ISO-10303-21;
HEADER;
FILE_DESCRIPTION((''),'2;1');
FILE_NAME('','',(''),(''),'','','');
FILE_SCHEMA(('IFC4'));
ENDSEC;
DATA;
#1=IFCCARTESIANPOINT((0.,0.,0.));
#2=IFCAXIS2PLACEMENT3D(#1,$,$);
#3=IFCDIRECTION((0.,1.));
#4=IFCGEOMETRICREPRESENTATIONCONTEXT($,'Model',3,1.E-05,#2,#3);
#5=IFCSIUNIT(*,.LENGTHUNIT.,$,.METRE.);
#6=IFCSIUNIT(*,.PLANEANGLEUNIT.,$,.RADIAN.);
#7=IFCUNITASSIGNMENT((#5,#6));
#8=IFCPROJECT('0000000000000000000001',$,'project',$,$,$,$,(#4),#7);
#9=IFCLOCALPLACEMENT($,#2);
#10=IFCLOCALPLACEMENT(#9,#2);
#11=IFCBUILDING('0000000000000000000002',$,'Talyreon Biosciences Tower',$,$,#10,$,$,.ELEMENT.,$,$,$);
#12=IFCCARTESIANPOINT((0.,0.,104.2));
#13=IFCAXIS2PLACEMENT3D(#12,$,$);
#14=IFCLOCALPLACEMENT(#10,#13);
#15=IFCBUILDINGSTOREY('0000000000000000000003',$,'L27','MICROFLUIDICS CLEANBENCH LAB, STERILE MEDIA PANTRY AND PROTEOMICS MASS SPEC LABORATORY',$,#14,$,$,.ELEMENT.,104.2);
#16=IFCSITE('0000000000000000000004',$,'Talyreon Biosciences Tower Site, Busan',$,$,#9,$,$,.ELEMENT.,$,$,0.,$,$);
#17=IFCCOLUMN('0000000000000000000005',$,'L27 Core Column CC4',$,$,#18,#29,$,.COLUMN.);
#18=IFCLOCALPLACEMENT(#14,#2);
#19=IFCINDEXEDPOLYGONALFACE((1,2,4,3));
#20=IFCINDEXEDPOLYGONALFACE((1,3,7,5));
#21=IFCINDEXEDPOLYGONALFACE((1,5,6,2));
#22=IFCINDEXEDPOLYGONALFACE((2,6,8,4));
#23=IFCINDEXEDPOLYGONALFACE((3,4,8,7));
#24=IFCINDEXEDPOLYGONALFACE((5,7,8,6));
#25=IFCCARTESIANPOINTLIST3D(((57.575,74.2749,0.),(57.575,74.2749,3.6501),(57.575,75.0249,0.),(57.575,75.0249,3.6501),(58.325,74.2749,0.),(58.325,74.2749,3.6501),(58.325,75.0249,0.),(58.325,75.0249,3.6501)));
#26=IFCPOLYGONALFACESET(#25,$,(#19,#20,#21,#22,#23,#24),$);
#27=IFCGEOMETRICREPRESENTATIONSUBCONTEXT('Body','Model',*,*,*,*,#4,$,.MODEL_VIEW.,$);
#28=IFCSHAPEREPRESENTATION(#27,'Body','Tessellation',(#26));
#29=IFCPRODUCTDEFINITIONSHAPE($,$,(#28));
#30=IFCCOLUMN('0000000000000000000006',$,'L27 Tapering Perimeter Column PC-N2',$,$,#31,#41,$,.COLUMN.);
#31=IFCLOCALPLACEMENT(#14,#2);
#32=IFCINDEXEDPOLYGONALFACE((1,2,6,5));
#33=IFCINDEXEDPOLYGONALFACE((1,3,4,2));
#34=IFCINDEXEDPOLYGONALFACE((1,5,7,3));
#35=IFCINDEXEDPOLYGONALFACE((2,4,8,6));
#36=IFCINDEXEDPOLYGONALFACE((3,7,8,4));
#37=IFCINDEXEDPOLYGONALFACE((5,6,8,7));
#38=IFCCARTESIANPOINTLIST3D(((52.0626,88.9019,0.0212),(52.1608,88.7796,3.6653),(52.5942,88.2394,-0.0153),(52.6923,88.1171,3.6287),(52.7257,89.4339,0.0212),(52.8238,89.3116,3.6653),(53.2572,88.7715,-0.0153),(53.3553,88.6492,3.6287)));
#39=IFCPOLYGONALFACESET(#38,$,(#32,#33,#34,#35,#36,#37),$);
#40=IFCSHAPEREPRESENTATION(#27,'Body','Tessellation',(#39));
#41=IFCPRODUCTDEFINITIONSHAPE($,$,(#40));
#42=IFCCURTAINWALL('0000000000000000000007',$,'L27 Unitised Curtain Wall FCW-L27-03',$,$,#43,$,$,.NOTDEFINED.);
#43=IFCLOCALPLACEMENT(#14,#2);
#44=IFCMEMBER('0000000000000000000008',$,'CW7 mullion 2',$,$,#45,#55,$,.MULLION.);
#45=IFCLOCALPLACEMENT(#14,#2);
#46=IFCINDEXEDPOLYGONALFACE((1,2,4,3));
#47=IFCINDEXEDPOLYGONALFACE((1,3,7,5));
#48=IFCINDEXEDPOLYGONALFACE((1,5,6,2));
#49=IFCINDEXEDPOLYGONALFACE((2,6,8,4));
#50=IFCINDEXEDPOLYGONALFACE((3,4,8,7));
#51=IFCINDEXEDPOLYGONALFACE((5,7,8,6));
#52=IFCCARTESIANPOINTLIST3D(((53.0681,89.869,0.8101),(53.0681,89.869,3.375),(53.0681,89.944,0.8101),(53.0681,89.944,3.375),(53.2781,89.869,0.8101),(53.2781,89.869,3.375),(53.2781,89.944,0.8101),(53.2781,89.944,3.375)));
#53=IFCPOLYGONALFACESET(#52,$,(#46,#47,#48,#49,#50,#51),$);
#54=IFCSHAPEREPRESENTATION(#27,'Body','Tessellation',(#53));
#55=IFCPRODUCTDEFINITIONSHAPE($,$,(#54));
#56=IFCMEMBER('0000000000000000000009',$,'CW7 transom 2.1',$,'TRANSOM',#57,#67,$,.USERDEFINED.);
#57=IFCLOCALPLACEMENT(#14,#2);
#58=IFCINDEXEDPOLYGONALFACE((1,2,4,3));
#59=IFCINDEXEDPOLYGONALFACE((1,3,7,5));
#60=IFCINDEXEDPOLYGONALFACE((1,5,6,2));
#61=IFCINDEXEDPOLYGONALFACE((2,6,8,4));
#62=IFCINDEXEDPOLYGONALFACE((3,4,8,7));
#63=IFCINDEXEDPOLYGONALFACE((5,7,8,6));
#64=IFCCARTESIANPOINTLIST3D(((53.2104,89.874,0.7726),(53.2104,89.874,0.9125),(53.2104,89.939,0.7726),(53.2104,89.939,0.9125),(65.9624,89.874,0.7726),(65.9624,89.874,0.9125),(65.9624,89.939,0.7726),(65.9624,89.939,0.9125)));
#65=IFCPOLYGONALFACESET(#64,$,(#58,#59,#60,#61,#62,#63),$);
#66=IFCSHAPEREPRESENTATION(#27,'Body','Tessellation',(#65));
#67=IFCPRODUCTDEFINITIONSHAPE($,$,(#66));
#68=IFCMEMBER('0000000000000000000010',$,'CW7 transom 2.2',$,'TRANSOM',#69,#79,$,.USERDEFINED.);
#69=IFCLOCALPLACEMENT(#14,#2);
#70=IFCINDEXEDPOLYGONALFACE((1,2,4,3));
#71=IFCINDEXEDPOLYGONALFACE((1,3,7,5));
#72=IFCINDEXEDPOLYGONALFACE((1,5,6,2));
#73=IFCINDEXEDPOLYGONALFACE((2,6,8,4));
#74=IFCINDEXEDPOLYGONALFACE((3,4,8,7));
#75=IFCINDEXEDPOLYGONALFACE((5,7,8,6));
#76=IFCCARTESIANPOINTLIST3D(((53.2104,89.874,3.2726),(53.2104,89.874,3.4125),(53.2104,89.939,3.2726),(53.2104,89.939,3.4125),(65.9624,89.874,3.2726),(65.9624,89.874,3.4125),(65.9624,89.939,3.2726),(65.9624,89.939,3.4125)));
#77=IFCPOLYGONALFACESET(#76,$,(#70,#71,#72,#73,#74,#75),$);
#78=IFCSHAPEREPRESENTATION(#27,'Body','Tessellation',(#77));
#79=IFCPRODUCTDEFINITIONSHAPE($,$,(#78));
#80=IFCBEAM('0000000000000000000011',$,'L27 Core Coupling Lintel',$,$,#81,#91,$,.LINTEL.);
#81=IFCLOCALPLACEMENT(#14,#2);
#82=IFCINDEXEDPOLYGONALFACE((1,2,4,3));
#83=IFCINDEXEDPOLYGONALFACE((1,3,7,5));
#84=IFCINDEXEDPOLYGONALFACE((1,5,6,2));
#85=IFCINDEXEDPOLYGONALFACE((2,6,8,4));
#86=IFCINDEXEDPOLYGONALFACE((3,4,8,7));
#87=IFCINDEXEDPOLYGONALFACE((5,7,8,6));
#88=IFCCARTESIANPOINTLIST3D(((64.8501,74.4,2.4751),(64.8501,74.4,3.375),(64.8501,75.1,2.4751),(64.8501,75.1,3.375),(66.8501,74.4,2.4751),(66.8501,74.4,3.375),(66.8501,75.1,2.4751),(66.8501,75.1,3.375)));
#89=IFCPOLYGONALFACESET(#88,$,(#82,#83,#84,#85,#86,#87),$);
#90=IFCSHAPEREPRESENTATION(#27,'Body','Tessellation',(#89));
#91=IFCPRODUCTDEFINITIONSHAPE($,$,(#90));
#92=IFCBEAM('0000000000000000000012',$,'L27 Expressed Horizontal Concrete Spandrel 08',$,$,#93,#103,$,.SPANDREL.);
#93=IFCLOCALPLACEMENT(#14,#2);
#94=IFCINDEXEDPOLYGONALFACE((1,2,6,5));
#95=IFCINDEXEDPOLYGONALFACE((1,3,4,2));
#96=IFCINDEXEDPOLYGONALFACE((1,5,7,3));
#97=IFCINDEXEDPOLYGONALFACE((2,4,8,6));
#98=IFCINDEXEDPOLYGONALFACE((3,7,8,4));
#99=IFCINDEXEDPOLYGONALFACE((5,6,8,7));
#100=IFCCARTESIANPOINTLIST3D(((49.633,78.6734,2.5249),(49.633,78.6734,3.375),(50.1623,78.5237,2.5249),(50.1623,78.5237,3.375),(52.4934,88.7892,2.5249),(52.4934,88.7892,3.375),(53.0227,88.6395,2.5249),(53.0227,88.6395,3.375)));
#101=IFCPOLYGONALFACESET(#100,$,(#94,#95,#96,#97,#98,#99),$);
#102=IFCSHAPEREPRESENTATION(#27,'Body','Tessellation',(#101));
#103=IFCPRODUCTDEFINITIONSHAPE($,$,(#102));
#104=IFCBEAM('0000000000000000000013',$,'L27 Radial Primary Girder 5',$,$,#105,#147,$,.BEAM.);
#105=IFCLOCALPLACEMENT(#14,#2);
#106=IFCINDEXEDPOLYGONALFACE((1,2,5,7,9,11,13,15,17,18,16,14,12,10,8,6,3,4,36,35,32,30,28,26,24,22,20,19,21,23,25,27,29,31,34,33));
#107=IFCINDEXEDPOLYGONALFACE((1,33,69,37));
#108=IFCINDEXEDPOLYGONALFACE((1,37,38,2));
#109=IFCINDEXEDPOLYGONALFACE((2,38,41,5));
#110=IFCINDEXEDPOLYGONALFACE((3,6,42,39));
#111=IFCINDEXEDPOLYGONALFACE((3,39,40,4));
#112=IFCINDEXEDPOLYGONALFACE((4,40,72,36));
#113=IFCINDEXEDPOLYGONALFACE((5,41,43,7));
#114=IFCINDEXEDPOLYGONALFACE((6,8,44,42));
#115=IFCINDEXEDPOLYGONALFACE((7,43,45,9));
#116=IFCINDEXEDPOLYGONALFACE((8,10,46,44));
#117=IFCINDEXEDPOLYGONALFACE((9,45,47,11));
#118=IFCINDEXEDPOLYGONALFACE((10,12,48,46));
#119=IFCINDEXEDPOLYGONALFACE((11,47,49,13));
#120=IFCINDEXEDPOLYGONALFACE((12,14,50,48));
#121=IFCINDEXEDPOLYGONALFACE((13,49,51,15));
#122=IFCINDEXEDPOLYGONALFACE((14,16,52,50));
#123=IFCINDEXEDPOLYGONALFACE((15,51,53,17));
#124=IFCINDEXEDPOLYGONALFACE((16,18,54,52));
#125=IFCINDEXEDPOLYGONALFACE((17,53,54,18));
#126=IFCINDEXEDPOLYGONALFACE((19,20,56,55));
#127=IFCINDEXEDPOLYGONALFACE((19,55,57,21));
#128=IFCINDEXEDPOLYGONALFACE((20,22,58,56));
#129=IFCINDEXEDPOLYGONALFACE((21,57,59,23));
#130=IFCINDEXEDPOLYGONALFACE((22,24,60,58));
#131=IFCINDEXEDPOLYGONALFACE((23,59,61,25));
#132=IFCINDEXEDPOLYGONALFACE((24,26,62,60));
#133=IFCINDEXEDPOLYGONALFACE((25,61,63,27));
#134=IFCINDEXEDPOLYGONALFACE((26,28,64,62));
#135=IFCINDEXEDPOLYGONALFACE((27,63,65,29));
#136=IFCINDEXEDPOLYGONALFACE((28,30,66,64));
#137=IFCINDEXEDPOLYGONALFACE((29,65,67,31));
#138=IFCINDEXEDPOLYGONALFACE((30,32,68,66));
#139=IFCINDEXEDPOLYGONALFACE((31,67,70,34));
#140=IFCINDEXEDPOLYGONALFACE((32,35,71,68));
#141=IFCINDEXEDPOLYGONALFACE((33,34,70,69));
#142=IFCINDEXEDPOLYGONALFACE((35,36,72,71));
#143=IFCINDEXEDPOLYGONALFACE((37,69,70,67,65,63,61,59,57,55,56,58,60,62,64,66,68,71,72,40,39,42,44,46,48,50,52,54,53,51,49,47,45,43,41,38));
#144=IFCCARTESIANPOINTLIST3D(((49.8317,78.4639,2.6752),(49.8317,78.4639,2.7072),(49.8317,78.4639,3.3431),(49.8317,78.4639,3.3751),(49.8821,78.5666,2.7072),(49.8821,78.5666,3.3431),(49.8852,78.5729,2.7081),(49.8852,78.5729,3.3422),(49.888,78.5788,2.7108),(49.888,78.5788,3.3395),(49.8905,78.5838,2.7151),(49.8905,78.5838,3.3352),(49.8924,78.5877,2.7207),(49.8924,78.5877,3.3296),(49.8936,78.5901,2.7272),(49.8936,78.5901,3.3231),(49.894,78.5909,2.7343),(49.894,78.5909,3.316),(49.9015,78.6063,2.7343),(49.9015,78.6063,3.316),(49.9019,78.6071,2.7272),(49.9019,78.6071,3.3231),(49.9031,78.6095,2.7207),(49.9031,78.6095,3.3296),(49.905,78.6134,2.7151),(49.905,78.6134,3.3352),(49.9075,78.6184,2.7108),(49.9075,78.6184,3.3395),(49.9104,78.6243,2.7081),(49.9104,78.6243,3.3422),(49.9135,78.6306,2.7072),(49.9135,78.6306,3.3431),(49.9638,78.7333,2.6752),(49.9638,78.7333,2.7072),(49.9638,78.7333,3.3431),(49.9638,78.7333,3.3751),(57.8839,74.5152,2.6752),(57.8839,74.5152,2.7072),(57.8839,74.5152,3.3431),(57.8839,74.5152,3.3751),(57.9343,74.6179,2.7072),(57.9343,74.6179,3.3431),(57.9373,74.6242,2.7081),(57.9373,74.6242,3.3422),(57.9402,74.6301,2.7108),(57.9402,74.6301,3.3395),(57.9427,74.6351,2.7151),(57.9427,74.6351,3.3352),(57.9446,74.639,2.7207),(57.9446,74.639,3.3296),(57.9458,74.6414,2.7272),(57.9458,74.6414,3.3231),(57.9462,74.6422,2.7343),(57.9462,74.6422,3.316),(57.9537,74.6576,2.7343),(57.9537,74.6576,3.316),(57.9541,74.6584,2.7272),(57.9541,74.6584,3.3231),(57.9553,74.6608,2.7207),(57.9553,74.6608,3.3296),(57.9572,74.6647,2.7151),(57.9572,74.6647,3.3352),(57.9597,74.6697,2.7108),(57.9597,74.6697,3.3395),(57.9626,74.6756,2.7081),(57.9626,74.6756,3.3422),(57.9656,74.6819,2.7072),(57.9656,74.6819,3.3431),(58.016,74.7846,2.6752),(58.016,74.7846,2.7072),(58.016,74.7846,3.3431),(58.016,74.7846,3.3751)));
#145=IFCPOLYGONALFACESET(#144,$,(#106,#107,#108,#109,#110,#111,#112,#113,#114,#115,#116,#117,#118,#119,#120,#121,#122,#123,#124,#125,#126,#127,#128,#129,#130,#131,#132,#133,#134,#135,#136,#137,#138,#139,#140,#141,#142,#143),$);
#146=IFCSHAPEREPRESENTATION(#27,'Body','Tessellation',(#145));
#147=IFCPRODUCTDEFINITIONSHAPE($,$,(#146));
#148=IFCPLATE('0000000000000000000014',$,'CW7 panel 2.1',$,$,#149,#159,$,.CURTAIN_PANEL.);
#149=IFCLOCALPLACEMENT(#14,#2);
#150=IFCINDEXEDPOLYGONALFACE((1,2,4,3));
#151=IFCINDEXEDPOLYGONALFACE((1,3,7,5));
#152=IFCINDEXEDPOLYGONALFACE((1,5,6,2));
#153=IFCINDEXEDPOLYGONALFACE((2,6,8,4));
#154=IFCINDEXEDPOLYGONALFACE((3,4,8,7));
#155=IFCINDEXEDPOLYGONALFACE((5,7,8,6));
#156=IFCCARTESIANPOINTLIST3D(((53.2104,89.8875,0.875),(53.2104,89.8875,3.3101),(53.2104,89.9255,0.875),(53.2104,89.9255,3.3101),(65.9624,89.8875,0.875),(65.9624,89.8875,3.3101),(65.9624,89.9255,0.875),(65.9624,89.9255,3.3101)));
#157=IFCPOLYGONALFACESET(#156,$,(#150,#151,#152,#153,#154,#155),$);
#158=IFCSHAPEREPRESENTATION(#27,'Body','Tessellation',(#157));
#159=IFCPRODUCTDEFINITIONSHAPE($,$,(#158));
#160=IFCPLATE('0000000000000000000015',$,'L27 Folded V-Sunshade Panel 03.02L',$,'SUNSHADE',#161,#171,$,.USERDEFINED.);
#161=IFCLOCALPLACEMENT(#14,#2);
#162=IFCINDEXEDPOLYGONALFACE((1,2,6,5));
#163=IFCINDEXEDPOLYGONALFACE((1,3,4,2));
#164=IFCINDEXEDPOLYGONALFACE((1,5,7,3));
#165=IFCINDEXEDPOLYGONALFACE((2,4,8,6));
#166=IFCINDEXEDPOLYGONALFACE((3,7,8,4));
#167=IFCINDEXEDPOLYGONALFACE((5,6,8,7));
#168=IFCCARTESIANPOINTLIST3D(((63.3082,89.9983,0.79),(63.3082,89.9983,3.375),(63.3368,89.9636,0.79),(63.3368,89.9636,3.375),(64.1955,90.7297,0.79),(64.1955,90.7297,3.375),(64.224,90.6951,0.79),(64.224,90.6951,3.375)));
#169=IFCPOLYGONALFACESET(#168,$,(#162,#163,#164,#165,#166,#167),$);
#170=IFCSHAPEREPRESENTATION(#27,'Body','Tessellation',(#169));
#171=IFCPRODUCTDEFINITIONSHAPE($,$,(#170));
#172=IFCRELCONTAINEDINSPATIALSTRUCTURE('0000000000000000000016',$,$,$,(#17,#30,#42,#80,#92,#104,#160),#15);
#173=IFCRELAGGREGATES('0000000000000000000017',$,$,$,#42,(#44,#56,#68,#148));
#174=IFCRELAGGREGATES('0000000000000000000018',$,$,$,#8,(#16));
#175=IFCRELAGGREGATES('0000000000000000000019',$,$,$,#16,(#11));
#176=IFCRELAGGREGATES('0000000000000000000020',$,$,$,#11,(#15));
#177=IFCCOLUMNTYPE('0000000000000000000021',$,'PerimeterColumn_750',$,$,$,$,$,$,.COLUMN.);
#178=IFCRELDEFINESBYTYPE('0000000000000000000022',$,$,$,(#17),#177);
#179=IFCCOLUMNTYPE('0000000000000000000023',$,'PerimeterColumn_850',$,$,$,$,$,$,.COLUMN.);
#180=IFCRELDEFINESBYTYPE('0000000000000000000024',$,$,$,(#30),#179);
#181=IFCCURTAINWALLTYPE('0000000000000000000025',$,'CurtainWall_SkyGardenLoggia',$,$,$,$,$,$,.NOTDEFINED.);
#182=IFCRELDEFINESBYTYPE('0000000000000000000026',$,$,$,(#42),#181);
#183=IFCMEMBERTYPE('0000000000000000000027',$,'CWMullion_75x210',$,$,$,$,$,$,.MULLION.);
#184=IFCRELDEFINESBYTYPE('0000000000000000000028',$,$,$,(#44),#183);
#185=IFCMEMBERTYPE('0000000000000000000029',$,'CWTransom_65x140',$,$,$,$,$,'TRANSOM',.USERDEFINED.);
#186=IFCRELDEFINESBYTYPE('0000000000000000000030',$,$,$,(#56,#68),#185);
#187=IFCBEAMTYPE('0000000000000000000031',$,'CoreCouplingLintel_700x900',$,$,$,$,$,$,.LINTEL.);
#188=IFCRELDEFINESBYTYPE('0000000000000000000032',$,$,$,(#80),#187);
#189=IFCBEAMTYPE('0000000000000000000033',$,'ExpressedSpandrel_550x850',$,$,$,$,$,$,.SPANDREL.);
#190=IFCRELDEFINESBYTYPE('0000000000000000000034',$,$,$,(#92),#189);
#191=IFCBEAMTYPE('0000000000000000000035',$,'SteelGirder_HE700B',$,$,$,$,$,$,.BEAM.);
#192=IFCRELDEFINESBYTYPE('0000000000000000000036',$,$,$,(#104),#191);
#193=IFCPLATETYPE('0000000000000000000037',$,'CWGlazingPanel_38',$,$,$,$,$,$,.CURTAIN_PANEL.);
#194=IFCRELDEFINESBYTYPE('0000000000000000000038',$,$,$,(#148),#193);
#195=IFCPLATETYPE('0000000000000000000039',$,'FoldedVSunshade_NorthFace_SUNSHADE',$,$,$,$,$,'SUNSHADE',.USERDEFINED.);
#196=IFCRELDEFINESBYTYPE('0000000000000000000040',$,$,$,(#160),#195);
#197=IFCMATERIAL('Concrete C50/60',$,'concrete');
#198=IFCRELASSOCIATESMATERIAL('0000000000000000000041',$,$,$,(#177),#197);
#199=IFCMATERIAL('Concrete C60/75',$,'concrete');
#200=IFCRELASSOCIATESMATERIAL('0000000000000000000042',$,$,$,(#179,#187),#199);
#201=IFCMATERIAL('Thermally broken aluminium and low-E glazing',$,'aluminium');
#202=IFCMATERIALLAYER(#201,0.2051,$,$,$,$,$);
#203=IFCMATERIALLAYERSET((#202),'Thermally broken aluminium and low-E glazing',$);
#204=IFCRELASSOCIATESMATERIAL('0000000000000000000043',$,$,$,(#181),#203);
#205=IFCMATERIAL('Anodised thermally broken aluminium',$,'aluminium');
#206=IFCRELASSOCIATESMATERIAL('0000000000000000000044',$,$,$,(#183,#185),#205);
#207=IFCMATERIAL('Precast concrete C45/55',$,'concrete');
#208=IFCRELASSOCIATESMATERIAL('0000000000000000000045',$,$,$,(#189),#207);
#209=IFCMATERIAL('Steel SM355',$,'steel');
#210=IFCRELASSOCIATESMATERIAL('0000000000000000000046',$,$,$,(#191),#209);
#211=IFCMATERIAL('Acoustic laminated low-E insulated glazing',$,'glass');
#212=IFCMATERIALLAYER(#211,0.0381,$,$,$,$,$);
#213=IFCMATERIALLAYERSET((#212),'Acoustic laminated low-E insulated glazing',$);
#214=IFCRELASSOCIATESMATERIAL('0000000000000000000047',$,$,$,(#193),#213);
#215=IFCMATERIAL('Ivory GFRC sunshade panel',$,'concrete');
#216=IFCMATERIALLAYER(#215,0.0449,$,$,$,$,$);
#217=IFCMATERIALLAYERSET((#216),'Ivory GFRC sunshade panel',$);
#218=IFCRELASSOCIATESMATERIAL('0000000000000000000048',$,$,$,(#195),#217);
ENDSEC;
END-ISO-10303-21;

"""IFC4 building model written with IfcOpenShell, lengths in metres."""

from ifc_helpers import new_model, si_unit, direction, frame, origin, origin_2d, place, context, subcontext, project, spatial, rectangle, i_section, extrude, material, layer, layer_set, material_profile, profile_set, type_object, element, aggregate, save


model = new_model("IFC4")

# Units and contexts
model_context = context("Model", 3, precision=1e-05, world=origin(), true_north=direction((0.0, 1.0)))
body_context = subcontext(model_context, "Body", "Model", "MODEL_VIEW")
ifc_project = project(units=[si_unit("LENGTHUNIT", "METRE"), si_unit("PLANEANGLEUNIT", "RADIAN")], contexts=[model_context])

# Site, building, storey
site_placement = place(None, origin())
site = spatial("IfcSite", under=ifc_project, at=site_placement, Name="Talyreon Biosciences Tower Site, Busan", CompositionType="ELEMENT", RefElevation=0.0)
building_placement = place(site_placement, origin())
building = spatial("IfcBuilding", under=site, at=building_placement, Name="Talyreon Biosciences Tower", CompositionType="ELEMENT")
storey_placement = place(building_placement, frame((0.0, 0.0, 104.2)))
storey = spatial("IfcBuildingStorey", under=building, at=storey_placement, Name="L27", Description="MICROFLUIDICS CLEANBENCH LAB, STERILE MEDIA PANTRY AND PROTEOMICS MASS SPEC LABORATORY", CompositionType="ELEMENT", Elevation=104.2)

# Columns
ifc_material_1 = material(Name="Concrete C50/60", Category="concrete")
ifc_material_profile_1 = material_profile(ifc_material_1, rectangle(XDim=0.75, YDim=0.75, at=origin_2d()), Name="RC 750x750")
ifc_profile_set_1 = profile_set([ifc_material_profile_1], Name="Concrete C50/60")
column_type_1 = type_object("IfcColumnType", Name="PerimeterColumn_750", PredefinedType="COLUMN", material=ifc_profile_set_1)
column_1_placement = place(storey_placement, frame((57.95, 74.6499, 0.0), z_axis=(0.0, 0.0, 1.0), x_axis=(1.0, 0.0, 0.0)))
element("IfcColumn", 1, at=column_1_placement, inside=storey, type_object=column_type_1, Name="L27 Core Column CC4", PredefinedType="COLUMN", context=body_context, shape_type="SweptSolid", body=[
    extrude(rectangle(XDim=0.75, YDim=0.75, at=origin_2d()), origin(), (0.0, 0.0, 1.0), 3.6501),
])
ifc_material_2 = material(Name="Concrete C60/75", Category="concrete")
ifc_material_profile_2 = material_profile(ifc_material_2, rectangle(XDim=0.8501, YDim=0.8501, at=origin_2d()), Name="RC 850x850")
ifc_profile_set_2 = profile_set([ifc_material_profile_2], Name="Concrete C60/75")
column_type_2 = type_object("IfcColumnType", Name="PerimeterColumn_850", PredefinedType="COLUMN", material=ifc_profile_set_2)
column_2_placement = place(storey_placement, frame((52.6599, 88.8367, 0.0029), z_axis=(0.026908, -0.033535, 0.999075), x_axis=(-0.779957, -0.625834, 0.0)))
element("IfcColumn", 2, at=column_2_placement, inside=storey, type_object=column_type_2, Name="L27 Tapering Perimeter Column PC-N2", PredefinedType="COLUMN", context=body_context, shape_type="SweptSolid", body=[
    extrude(rectangle(XDim=0.8501, YDim=0.8501, at=origin_2d()), origin(), (0.0, 0.0, 1.0), 3.6475),
])

# Curtain wall, members
ifc_material_3 = material(Name="Thermally broken aluminium and low-E glazing", Category="aluminium")
ifc_layer_1 = layer(ifc_material_3, 0.2051)
ifc_layer_set_1 = layer_set([ifc_layer_1], Name="Thermally broken aluminium and low-E glazing")
curtain_wall_type = type_object("IfcCurtainWallType", Name="CurtainWall_SkyGardenLoggia", PredefinedType="NOTDEFINED", material=ifc_layer_set_1)
curtain_wall_placement = place(storey_placement, origin())
curtain_wall = element("IfcCurtainWall", 3, at=curtain_wall_placement, inside=storey, type_object=curtain_wall_type, Name="L27 Unitised Curtain Wall FCW-L27-03", PredefinedType="NOTDEFINED")
ifc_material_4 = material(Name="Anodised thermally broken aluminium", Category="aluminium")
ifc_material_profile_3 = material_profile(ifc_material_4, rectangle(XDim=0.075, YDim=0.21, at=origin_2d()), Name="ALUM MULLION 75x210")
ifc_profile_set_3 = profile_set([ifc_material_profile_3], Name="Anodised thermally broken aluminium")
member_type_1 = type_object("IfcMemberType", Name="CWMullion_75x210", PredefinedType="MULLION", material=ifc_profile_set_3)
member_1_placement = place(storey_placement, frame((53.1731, 89.9065, 0.8101), z_axis=(0.0, 0.0, 1.0), x_axis=(0.0, 1.0, 0.0)))
member_1 = element("IfcMember", 4, at=member_1_placement, type_object=member_type_1, Name="CW7 mullion 2", PredefinedType="MULLION", context=body_context, shape_type="SweptSolid", body=[
    extrude(rectangle(XDim=0.075, YDim=0.21, at=origin_2d()), origin(), (0.0, 0.0, 1.0), 2.5649),
])
ifc_material_profile_4 = material_profile(ifc_material_4, rectangle(XDim=0.0649, YDim=0.1399, at=origin_2d()), Name="ALUM TRANSOM 65x140")
ifc_profile_set_4 = profile_set([ifc_material_profile_4], Name="Anodised thermally broken aluminium")
member_type_2 = type_object("IfcMemberType", Name="CWTransom_65x140", ElementType="TRANSOM", PredefinedType="USERDEFINED", material=ifc_profile_set_4)
member_2_placement = place(storey_placement, frame((53.2104, 89.9065, 0.8425), z_axis=(1.0, 0.0, 0.0), x_axis=(0.0, 1.0, 0.0)))
member_2 = element("IfcMember", 5, at=member_2_placement, type_object=member_type_2, Name="CW7 transom 2.1", ObjectType="TRANSOM", PredefinedType="USERDEFINED", context=body_context, shape_type="SweptSolid", body=[
    extrude(rectangle(XDim=0.0649, YDim=0.1399, at=origin_2d()), origin(), (0.0, 0.0, 1.0), 12.752),
])
member_3_placement = place(storey_placement, frame((53.2104, 89.9065, 3.3425), z_axis=(1.0, 0.0, 0.0), x_axis=(0.0, 1.0, 0.0)))
member_3 = element("IfcMember", 6, at=member_3_placement, type_object=member_type_2, Name="CW7 transom 2.2", ObjectType="TRANSOM", PredefinedType="USERDEFINED", context=body_context, shape_type="SweptSolid", body=[
    extrude(rectangle(XDim=0.0649, YDim=0.1399, at=origin_2d()), origin(), (0.0, 0.0, 1.0), 12.752),
])

# Beams
ifc_material_profile_5 = material_profile(ifc_material_2, rectangle(XDim=0.7, YDim=0.8999, at=origin_2d()), Name="RCB 700x900")
ifc_profile_set_5 = profile_set([ifc_material_profile_5], Name="Concrete C60/75")
beam_type_1 = type_object("IfcBeamType", Name="CoreCouplingLintel_700x900", PredefinedType="LINTEL", material=ifc_profile_set_5)
beam_1_placement = place(storey_placement, frame((64.8501, 74.75, 2.925), z_axis=(1.0, 0.0, 0.0), x_axis=(0.0, 1.0, 0.0)))
element("IfcBeam", 7, at=beam_1_placement, inside=storey, type_object=beam_type_1, Name="L27 Core Coupling Lintel", PredefinedType="LINTEL", context=body_context, shape_type="SweptSolid", body=[
    extrude(rectangle(XDim=0.7, YDim=0.8999, at=origin_2d()), origin(), (0.0, 0.0, 1.0), 2.0),
])
ifc_material_5 = material(Name="Precast concrete C45/55", Category="concrete")
ifc_material_profile_6 = material_profile(ifc_material_5, rectangle(XDim=0.55, YDim=0.8501, at=origin_2d()), Name="RCB 550x850")
ifc_profile_set_6 = profile_set([ifc_material_profile_6], Name="Precast concrete C45/55")
beam_type_2 = type_object("IfcBeamType", Name="ExpressedSpandrel_550x850", PredefinedType="SPANDREL", material=ifc_profile_set_6)
beam_2_placement = place(storey_placement, frame((52.7581, 88.7144, 2.95), z_axis=(-0.272094, -0.962271, 0.0), x_axis=(0.962271, -0.272094, 0.0)))
element("IfcBeam", 8, at=beam_2_placement, inside=storey, type_object=beam_type_2, Name="L27 Expressed Horizontal Concrete Spandrel 08", PredefinedType="SPANDREL", context=body_context, shape_type="SweptSolid", body=[
    extrude(rectangle(XDim=0.55, YDim=0.8501, at=origin_2d()), origin(), (0.0, 0.0, 1.0), 10.5125),
])
ifc_material_6 = material(Name="Steel SM355", Category="steel")
ifc_material_profile_7 = material_profile(ifc_material_6, i_section(OverallWidth=0.3, OverallDepth=0.7, WebThickness=0.0171, FlangeThickness=0.032, FilletRadius=0.0271, at=origin_2d()), Name="HE700B")
ifc_profile_set_7 = profile_set([ifc_material_profile_7], Name="Steel SM355")
beam_type_3 = type_object("IfcBeamType", Name="SteelGirder_HE700B", PredefinedType="BEAM", material=ifc_profile_set_7)
beam_3_placement = place(storey_placement, frame((57.95, 74.6499, 3.0251), z_axis=(-0.897852, 0.440297, 0.0), x_axis=(-0.440297, -0.897852, 0.0)))
element("IfcBeam", 9, at=beam_3_placement, inside=storey, type_object=beam_type_3, Name="L27 Radial Primary Girder 5", PredefinedType="BEAM", context=body_context, shape_type="SweptSolid", body=[
    extrude(i_section(OverallWidth=0.3, OverallDepth=0.7, WebThickness=0.0171, FlangeThickness=0.032, FilletRadius=0.0271, at=origin_2d()), origin(), (0.0, 0.0, 1.0), 8.9683),
])

# Plate
ifc_material_7 = material(Name="Acoustic laminated low-E insulated glazing", Category="glass")
ifc_layer_2 = layer(ifc_material_7, 0.0381)
ifc_layer_set_2 = layer_set([ifc_layer_2], Name="Acoustic laminated low-E insulated glazing")
plate_type_1 = type_object("IfcPlateType", Name="CWGlazingPanel_38", PredefinedType="CURTAIN_PANEL", material=ifc_layer_set_2)
plate_placement = place(storey_placement, frame((59.5864, 89.9065, 0.875), z_axis=(0.0, 0.0, 1.0), x_axis=(1.0, 0.0, 0.0)))
plate = element("IfcPlate", 10, at=plate_placement, type_object=plate_type_1, Name="CW7 panel 2.1", PredefinedType="CURTAIN_PANEL", context=body_context, shape_type="SweptSolid", body=[
    extrude(rectangle(XDim=12.752, YDim=0.0381, at=origin_2d()), origin(), (0.0, 0.0, 1.0), 2.4351),
])
aggregate(curtain_wall, [member_1, member_2, member_3, plate])

# Plate
ifc_material_8 = material(Name="Ivory GFRC sunshade panel", Category="concrete")
ifc_layer_3 = layer(ifc_material_8, 0.0449)
ifc_layer_set_3 = layer_set([ifc_layer_3], Name="Ivory GFRC sunshade panel")
plate_type_2 = type_object("IfcPlateType", Name="FoldedVSunshade_NorthFace_SUNSHADE", ElementType="SUNSHADE", PredefinedType="USERDEFINED", material=ifc_layer_set_3)
for number, where, z_axis, x_axis, name in (
    (11, (63.7661, 90.3467, 0.79), (0.0, 0.0, 1.0), (0.771625, 0.636078, 0.0), "L27 Folded V-Sunshade Panel 03.02L"),
):
    element("IfcPlate", number, at=place(storey_placement, frame(where, z_axis=z_axis, x_axis=x_axis)), inside=storey, type_object=plate_type_2, Name=name, ObjectType="SUNSHADE", PredefinedType="USERDEFINED", context=body_context, shape_type="SweptSolid", body=[
        extrude(rectangle(XDim=1.1499, YDim=0.0449, at=origin_2d()), origin(), (0.0, 0.0, 1.0), 2.585),
    ])

save(model, "model.ifc")
